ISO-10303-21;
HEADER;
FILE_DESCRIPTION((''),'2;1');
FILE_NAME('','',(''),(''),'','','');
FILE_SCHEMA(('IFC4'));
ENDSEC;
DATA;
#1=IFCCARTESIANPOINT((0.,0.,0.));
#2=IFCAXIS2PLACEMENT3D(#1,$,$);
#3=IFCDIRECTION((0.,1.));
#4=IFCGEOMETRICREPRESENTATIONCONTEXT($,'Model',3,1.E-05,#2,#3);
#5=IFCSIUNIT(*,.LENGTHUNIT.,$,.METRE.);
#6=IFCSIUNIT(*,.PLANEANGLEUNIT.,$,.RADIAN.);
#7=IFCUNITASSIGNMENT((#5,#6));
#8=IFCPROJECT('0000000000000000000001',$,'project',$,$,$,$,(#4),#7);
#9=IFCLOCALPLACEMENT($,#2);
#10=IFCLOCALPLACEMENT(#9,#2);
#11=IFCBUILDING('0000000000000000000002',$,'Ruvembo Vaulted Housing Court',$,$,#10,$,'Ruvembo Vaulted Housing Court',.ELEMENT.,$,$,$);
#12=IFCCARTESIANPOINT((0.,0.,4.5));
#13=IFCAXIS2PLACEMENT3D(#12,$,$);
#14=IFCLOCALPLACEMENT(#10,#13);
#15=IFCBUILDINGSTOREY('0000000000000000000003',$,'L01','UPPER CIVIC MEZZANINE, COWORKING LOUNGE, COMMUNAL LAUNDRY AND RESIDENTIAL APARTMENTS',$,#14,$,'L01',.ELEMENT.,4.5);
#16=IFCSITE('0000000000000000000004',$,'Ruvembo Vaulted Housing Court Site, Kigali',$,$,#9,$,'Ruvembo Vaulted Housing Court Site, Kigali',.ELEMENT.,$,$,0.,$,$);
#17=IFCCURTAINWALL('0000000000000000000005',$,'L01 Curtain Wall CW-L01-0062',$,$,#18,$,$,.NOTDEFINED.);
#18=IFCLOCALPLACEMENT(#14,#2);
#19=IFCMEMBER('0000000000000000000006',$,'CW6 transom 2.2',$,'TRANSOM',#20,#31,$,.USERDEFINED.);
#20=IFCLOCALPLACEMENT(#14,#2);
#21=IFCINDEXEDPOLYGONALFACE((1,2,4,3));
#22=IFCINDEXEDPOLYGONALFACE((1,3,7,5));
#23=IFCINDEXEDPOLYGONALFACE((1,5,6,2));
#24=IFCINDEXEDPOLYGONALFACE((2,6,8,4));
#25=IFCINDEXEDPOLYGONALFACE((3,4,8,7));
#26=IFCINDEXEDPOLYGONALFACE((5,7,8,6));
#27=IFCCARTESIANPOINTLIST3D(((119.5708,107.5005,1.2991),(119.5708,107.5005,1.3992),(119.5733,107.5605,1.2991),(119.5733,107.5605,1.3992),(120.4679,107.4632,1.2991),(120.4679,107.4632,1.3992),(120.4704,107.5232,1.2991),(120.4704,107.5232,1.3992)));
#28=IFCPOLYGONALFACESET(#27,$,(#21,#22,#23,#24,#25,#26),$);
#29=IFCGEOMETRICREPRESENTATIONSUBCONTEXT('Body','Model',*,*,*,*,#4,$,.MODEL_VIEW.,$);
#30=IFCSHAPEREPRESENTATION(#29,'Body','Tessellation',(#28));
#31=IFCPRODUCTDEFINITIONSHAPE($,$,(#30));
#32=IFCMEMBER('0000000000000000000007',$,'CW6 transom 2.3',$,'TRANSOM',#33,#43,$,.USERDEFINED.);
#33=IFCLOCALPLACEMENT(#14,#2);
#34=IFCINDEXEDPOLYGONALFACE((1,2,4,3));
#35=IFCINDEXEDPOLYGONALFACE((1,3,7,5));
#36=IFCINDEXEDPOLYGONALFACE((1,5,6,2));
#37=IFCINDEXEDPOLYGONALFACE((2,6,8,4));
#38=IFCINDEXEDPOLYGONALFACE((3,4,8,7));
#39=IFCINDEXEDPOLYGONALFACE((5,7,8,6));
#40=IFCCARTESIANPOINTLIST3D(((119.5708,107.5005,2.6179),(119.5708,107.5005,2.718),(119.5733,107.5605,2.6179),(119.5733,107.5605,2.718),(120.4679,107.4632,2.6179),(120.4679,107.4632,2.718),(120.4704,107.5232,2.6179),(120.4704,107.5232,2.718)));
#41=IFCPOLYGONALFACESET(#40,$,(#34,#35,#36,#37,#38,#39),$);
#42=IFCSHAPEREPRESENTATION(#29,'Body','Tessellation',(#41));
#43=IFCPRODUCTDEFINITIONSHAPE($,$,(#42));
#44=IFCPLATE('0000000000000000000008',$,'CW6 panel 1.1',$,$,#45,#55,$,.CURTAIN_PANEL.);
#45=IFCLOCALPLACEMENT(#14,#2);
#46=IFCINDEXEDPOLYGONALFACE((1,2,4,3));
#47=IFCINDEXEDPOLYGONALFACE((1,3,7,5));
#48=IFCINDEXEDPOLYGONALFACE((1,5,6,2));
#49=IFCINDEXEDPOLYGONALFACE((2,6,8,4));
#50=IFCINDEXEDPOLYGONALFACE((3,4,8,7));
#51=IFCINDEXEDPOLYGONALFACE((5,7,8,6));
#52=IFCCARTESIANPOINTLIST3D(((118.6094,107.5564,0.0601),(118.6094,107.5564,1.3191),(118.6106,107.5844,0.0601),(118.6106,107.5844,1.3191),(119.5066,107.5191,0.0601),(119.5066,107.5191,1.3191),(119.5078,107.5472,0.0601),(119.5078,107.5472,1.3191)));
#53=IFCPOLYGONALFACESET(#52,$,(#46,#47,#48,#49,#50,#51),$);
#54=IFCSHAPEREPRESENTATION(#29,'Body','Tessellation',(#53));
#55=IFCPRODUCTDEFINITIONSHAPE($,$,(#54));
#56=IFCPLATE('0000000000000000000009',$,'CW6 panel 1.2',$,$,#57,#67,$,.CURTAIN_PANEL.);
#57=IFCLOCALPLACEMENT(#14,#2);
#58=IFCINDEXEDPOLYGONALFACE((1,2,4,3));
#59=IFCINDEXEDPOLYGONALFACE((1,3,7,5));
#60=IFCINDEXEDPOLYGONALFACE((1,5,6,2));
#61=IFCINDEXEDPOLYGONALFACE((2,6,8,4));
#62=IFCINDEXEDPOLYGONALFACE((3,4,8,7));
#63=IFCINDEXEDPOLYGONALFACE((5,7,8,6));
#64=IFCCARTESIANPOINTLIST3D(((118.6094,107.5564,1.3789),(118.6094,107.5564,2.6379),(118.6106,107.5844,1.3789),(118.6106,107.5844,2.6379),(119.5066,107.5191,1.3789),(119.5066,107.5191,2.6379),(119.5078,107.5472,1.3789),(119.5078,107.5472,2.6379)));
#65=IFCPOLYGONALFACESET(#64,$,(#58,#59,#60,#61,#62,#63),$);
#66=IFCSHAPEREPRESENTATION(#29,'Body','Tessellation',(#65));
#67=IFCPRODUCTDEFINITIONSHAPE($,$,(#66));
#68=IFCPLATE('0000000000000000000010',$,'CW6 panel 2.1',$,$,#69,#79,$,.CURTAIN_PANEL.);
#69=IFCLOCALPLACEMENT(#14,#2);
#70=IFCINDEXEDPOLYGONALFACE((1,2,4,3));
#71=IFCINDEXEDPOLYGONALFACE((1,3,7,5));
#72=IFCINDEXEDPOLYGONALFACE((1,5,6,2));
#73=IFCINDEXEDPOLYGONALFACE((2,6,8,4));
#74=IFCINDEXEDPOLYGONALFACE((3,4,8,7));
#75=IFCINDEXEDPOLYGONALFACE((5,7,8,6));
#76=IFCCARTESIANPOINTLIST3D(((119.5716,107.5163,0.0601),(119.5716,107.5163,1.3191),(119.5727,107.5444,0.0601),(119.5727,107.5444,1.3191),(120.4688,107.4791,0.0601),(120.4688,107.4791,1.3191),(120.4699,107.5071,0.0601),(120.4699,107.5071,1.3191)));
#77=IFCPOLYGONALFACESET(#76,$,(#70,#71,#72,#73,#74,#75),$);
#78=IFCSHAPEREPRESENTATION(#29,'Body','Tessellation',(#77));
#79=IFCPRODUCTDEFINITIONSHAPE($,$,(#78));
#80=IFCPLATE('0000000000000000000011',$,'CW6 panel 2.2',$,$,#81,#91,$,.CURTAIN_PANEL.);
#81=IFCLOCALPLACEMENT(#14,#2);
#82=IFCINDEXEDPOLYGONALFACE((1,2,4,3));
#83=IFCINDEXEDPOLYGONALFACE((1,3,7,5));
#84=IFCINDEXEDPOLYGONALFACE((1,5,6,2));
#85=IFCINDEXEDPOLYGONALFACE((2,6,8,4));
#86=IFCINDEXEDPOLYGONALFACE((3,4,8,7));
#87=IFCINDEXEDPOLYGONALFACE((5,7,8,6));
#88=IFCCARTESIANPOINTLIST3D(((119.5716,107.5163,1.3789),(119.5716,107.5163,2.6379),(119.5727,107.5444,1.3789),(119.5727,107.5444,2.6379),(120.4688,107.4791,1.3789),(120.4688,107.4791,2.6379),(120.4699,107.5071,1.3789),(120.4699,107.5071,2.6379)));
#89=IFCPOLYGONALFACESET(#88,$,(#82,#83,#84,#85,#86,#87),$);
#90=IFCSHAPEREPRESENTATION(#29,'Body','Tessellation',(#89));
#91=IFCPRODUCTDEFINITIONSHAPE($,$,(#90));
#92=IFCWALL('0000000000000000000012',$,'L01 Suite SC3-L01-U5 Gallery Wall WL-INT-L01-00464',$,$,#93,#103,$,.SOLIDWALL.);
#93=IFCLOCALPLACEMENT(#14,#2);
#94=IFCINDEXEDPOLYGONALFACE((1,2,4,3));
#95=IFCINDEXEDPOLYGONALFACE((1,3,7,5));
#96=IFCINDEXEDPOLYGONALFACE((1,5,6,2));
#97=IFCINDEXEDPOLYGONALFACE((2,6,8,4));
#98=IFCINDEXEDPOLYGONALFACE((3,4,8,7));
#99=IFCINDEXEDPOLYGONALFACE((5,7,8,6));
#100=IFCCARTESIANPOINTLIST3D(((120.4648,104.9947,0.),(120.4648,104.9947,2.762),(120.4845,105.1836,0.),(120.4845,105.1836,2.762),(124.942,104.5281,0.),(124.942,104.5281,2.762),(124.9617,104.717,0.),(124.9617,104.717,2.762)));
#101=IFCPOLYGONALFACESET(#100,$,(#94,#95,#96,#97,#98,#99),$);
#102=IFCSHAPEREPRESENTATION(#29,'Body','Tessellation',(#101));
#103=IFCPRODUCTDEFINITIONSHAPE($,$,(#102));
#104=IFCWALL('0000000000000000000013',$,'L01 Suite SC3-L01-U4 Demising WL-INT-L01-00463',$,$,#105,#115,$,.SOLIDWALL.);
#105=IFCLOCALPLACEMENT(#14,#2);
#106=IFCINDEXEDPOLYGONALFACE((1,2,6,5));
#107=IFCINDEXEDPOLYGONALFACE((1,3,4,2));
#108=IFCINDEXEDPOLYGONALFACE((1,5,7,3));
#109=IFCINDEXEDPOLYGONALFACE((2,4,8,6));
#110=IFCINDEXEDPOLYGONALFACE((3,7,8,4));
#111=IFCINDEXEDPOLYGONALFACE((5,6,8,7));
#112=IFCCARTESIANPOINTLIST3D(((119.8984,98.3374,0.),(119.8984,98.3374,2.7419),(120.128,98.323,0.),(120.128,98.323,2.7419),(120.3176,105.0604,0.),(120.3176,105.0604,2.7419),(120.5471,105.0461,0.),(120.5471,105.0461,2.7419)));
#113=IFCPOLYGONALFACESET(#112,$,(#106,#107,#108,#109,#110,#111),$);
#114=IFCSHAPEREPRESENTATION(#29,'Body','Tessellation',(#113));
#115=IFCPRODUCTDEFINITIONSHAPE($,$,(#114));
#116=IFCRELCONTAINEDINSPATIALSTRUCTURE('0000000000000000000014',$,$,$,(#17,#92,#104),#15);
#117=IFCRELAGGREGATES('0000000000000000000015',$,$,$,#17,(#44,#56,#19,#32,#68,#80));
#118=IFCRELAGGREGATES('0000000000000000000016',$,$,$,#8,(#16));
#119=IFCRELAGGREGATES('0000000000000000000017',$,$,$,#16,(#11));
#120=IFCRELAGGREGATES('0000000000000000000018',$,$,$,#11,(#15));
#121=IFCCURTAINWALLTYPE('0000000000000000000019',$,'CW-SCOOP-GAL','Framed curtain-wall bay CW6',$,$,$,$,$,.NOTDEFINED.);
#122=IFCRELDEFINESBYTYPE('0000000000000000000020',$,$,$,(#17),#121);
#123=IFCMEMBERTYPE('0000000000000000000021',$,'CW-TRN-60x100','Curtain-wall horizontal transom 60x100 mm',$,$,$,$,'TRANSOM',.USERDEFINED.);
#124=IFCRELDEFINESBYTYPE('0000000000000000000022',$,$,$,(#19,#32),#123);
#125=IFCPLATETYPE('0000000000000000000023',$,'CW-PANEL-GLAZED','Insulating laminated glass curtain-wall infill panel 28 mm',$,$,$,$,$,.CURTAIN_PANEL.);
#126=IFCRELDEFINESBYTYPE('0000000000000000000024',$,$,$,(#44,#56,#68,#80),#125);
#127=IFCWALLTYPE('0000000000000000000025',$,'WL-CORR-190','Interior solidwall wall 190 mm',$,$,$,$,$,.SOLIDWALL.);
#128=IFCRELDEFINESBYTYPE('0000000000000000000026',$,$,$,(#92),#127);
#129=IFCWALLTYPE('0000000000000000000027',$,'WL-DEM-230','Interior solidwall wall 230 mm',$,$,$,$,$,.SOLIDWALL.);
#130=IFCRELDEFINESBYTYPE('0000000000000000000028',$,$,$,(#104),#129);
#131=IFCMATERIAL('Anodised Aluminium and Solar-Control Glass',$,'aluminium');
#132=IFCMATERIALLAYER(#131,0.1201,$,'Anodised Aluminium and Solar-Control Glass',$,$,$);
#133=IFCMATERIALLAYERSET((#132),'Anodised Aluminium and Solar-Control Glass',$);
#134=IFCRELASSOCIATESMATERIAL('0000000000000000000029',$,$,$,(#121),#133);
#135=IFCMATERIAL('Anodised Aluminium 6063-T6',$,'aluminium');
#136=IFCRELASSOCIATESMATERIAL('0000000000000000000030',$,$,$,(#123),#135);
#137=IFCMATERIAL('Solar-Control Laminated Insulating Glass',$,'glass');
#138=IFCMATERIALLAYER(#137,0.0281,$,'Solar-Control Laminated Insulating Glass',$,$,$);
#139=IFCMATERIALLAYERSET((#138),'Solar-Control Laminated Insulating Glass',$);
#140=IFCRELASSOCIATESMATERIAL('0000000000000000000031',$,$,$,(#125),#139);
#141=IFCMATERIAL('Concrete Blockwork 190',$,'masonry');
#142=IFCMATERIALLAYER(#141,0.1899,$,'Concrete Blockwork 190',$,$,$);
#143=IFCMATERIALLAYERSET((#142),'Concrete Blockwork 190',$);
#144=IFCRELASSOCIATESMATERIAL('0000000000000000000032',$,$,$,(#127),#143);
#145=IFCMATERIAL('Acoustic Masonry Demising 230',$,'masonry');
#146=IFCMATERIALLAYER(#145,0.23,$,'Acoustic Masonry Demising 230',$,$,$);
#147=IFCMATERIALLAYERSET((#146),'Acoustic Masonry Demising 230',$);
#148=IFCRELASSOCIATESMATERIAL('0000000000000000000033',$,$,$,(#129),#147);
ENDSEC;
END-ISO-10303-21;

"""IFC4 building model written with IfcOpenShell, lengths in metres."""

from ifc_helpers import new_model, si_unit, direction, frame, frame_2d, origin, origin_2d, place, context, subcontext, project, spatial, rectangle, extrude, material, layer, layer_set, material_profile, profile_set, type_object, element, aggregate, save


model = new_model("IFC4")

# Units and contexts
model_context = context("Model", 3, precision=1e-05, world=origin(), true_north=direction((0.0, 1.0)))
body_context = subcontext(model_context, "Body", "Model", "MODEL_VIEW")
ifc_project = project(units=[si_unit("LENGTHUNIT", "METRE"), si_unit("PLANEANGLEUNIT", "RADIAN")], contexts=[model_context])

# Site, building, storey
site_placement = place(None, origin())
site = spatial("IfcSite", under=ifc_project, at=site_placement, Name="Ruvembo Vaulted Housing Court Site, Kigali", LongName="Ruvembo Vaulted Housing Court Site, Kigali", CompositionType="ELEMENT", RefElevation=0.0)
building_placement = place(site_placement, origin())
building = spatial("IfcBuilding", under=site, at=building_placement, Name="Ruvembo Vaulted Housing Court", LongName="Ruvembo Vaulted Housing Court", CompositionType="ELEMENT")
storey_placement = place(building_placement, frame((0.0, 0.0, 4.5)))
storey = spatial("IfcBuildingStorey", under=building, at=storey_placement, Name="L01", Description="UPPER CIVIC MEZZANINE, COWORKING LOUNGE, COMMUNAL LAUNDRY AND RESIDENTIAL APARTMENTS", LongName="L01", CompositionType="ELEMENT", Elevation=4.5)

# Curtain wall, members, plates
ifc_material_1 = material(Name="Anodised Aluminium and Solar-Control Glass", Category="aluminium")
ifc_layer_1 = layer(ifc_material_1, 0.1201, Name="Anodised Aluminium and Solar-Control Glass")
ifc_layer_set_1 = layer_set([ifc_layer_1], Name="Anodised Aluminium and Solar-Control Glass")
curtain_wall_type = type_object("IfcCurtainWallType", Name="CW-SCOOP-GAL", Description="Framed curtain-wall bay CW6", PredefinedType="NOTDEFINED", material=ifc_layer_set_1)
curtain_wall_placement = place(storey_placement, origin())
curtain_wall = element("IfcCurtainWall", 1, at=curtain_wall_placement, inside=storey, type_object=curtain_wall_type, Name="L01 Curtain Wall CW-L01-0062", PredefinedType="NOTDEFINED")
ifc_material_2 = material(Name="Anodised Aluminium 6063-T6", Category="aluminium")
ifc_material_profile_1 = material_profile(ifc_material_2, rectangle(XDim=0.0601, YDim=0.1001, at=origin_2d()), Name="ALU 60x100")
ifc_profile_set_1 = profile_set([ifc_material_profile_1], Name="Anodised Aluminium 6063-T6")
member_type_1 = type_object("IfcMemberType", Name="CW-TRN-60x100", Description="Curtain-wall horizontal transom 60x100 mm", ElementType="TRANSOM", PredefinedType="USERDEFINED", material=ifc_profile_set_1)
member_1_placement = place(storey_placement, frame((119.572, 107.5305, 1.3491), z_axis=(0.999134, -0.041597, 0.0), x_axis=(0.041597, 0.999134, 0.0)))
member_1 = element("IfcMember", 2, at=member_1_placement, type_object=member_type_1, Name="CW6 transom 2.2", ObjectType="TRANSOM", PredefinedType="USERDEFINED", context=body_context, shape_type="SweptSolid", body=[
    extrude(rectangle(XDim=0.0601, YDim=0.1001, at=origin_2d()), origin(), (0.0, 0.0, 1.0), 0.8979),
])
member_2_placement = place(storey_placement, frame((119.572, 107.5305, 2.668), z_axis=(0.999134, -0.041597, 0.0), x_axis=(0.041597, 0.999134, 0.0)))
member_2 = element("IfcMember", 3, at=member_2_placement, type_object=member_type_1, Name="CW6 transom 2.3", ObjectType="TRANSOM", PredefinedType="USERDEFINED", context=body_context, shape_type="SweptSolid", body=[
    extrude(rectangle(XDim=0.0601, YDim=0.1001, at=origin_2d()), origin(), (0.0, 0.0, 1.0), 0.8979),
])
ifc_material_3 = material(Name="Solar-Control Laminated Insulating Glass", Category="glass")
ifc_layer_2 = layer(ifc_material_3, 0.0281, Name="Solar-Control Laminated Insulating Glass")
ifc_layer_set_2 = layer_set([ifc_layer_2], Name="Solar-Control Laminated Insulating Glass")
plate_type = type_object("IfcPlateType", Name="CW-PANEL-GLAZED", Description="Insulating laminated glass curtain-wall infill panel 28 mm", PredefinedType="CURTAIN_PANEL", material=ifc_layer_set_2)
plate_1_placement = place(storey_placement, frame((119.0586, 107.5518, 0.0601), z_axis=(0.0, 0.0, 1.0), x_axis=(0.999139, -0.041491, 0.0)))
plate_1 = element("IfcPlate", 4, at=plate_1_placement, type_object=plate_type, Name="CW6 panel 1.1", PredefinedType="CURTAIN_PANEL", context=body_context, shape_type="SweptSolid", body=[
    extrude(rectangle(XDim=0.8979, YDim=0.0281, at=origin_2d()), origin(), (0.0, 0.0, 1.0), 1.259),
])
plate_2_placement = place(storey_placement, frame((119.0586, 107.5518, 1.3789), z_axis=(0.0, 0.0, 1.0), x_axis=(0.999139, -0.041491, 0.0)))
plate_2 = element("IfcPlate", 5, at=plate_2_placement, type_object=plate_type, Name="CW6 panel 1.2", PredefinedType="CURTAIN_PANEL", context=body_context, shape_type="SweptSolid", body=[
    extrude(rectangle(XDim=0.8979, YDim=0.0281, at=origin_2d()), origin(), (0.0, 0.0, 1.0), 1.259),
])
plate_3_placement = place(storey_placement, frame((120.0208, 107.5117, 0.0601), z_axis=(0.0, 0.0, 1.0), x_axis=(0.999139, -0.041491, 0.0)))
plate_3 = element("IfcPlate", 6, at=plate_3_placement, type_object=plate_type, Name="CW6 panel 2.1", PredefinedType="CURTAIN_PANEL", context=body_context, shape_type="SweptSolid", body=[
    extrude(rectangle(XDim=0.8979, YDim=0.0281, at=origin_2d()), origin(), (0.0, 0.0, 1.0), 1.259),
])
plate_4_placement = place(storey_placement, frame((120.0208, 107.5117, 1.3789), z_axis=(0.0, 0.0, 1.0), x_axis=(0.999139, -0.041491, 0.0)))
plate_4 = element("IfcPlate", 7, at=plate_4_placement, type_object=plate_type, Name="CW6 panel 2.2", PredefinedType="CURTAIN_PANEL", context=body_context, shape_type="SweptSolid", body=[
    extrude(rectangle(XDim=0.8979, YDim=0.0281, at=origin_2d()), origin(), (0.0, 0.0, 1.0), 1.259),
])
aggregate(curtain_wall, [plate_1, plate_2, member_1, member_2, plate_3, plate_4])

# Walls
ifc_material_4 = material(Name="Concrete Blockwork 190", Category="masonry")
ifc_layer_3 = layer(ifc_material_4, 0.1899, Name="Concrete Blockwork 190")
ifc_layer_set_3 = layer_set([ifc_layer_3], Name="Concrete Blockwork 190")
wall_type_1 = type_object("IfcWallType", Name="WL-CORR-190", Description="Interior solidwall wall 190 mm", PredefinedType="SOLIDWALL", material=ifc_layer_set_3)
wall_1_placement = place(storey_placement, frame((120.4746, 105.0891, 0.0), z_axis=(0.0, 0.0, 1.0), x_axis=(0.994615, -0.103643, 0.0)))
element("IfcWall", 8, at=wall_1_placement, inside=storey, type_object=wall_type_1, Name="L01 Suite SC3-L01-U5 Gallery Wall WL-INT-L01-00464", PredefinedType="SOLIDWALL", context=body_context, shape_type="SweptSolid", body=[
    extrude(rectangle(XDim=4.5015, YDim=0.1899, at=frame_2d((2.2507, 0.0))), origin(), (0.0, 0.0, 1.0), 2.762),
])
ifc_material_5 = material(Name="Acoustic Masonry Demising 230", Category="masonry")
ifc_layer_4 = layer(ifc_material_5, 0.23, Name="Acoustic Masonry Demising 230")
ifc_layer_set_4 = layer_set([ifc_layer_4], Name="Acoustic Masonry Demising 230")
wall_type_2 = type_object("IfcWallType", Name="WL-DEM-230", Description="Interior solidwall wall 230 mm", PredefinedType="SOLIDWALL", material=ifc_layer_set_4)
wall_2_placement = place(storey_placement, frame((120.0132, 98.3301, 0.0), z_axis=(0.0, 0.0, 1.0), x_axis=(0.062229, 0.998062, 0.0)))
element("IfcWall", 9, at=wall_2_placement, inside=storey, type_object=wall_type_2, Name="L01 Suite SC3-L01-U4 Demising WL-INT-L01-00463", PredefinedType="SOLIDWALL", context=body_context, shape_type="SweptSolid", body=[
    extrude(rectangle(XDim=6.7361, YDim=0.23, at=frame_2d((3.3682, 0.0))), origin(), (0.0, 0.0, 1.0), 2.7419),
])

save(model, "model.ifc")
